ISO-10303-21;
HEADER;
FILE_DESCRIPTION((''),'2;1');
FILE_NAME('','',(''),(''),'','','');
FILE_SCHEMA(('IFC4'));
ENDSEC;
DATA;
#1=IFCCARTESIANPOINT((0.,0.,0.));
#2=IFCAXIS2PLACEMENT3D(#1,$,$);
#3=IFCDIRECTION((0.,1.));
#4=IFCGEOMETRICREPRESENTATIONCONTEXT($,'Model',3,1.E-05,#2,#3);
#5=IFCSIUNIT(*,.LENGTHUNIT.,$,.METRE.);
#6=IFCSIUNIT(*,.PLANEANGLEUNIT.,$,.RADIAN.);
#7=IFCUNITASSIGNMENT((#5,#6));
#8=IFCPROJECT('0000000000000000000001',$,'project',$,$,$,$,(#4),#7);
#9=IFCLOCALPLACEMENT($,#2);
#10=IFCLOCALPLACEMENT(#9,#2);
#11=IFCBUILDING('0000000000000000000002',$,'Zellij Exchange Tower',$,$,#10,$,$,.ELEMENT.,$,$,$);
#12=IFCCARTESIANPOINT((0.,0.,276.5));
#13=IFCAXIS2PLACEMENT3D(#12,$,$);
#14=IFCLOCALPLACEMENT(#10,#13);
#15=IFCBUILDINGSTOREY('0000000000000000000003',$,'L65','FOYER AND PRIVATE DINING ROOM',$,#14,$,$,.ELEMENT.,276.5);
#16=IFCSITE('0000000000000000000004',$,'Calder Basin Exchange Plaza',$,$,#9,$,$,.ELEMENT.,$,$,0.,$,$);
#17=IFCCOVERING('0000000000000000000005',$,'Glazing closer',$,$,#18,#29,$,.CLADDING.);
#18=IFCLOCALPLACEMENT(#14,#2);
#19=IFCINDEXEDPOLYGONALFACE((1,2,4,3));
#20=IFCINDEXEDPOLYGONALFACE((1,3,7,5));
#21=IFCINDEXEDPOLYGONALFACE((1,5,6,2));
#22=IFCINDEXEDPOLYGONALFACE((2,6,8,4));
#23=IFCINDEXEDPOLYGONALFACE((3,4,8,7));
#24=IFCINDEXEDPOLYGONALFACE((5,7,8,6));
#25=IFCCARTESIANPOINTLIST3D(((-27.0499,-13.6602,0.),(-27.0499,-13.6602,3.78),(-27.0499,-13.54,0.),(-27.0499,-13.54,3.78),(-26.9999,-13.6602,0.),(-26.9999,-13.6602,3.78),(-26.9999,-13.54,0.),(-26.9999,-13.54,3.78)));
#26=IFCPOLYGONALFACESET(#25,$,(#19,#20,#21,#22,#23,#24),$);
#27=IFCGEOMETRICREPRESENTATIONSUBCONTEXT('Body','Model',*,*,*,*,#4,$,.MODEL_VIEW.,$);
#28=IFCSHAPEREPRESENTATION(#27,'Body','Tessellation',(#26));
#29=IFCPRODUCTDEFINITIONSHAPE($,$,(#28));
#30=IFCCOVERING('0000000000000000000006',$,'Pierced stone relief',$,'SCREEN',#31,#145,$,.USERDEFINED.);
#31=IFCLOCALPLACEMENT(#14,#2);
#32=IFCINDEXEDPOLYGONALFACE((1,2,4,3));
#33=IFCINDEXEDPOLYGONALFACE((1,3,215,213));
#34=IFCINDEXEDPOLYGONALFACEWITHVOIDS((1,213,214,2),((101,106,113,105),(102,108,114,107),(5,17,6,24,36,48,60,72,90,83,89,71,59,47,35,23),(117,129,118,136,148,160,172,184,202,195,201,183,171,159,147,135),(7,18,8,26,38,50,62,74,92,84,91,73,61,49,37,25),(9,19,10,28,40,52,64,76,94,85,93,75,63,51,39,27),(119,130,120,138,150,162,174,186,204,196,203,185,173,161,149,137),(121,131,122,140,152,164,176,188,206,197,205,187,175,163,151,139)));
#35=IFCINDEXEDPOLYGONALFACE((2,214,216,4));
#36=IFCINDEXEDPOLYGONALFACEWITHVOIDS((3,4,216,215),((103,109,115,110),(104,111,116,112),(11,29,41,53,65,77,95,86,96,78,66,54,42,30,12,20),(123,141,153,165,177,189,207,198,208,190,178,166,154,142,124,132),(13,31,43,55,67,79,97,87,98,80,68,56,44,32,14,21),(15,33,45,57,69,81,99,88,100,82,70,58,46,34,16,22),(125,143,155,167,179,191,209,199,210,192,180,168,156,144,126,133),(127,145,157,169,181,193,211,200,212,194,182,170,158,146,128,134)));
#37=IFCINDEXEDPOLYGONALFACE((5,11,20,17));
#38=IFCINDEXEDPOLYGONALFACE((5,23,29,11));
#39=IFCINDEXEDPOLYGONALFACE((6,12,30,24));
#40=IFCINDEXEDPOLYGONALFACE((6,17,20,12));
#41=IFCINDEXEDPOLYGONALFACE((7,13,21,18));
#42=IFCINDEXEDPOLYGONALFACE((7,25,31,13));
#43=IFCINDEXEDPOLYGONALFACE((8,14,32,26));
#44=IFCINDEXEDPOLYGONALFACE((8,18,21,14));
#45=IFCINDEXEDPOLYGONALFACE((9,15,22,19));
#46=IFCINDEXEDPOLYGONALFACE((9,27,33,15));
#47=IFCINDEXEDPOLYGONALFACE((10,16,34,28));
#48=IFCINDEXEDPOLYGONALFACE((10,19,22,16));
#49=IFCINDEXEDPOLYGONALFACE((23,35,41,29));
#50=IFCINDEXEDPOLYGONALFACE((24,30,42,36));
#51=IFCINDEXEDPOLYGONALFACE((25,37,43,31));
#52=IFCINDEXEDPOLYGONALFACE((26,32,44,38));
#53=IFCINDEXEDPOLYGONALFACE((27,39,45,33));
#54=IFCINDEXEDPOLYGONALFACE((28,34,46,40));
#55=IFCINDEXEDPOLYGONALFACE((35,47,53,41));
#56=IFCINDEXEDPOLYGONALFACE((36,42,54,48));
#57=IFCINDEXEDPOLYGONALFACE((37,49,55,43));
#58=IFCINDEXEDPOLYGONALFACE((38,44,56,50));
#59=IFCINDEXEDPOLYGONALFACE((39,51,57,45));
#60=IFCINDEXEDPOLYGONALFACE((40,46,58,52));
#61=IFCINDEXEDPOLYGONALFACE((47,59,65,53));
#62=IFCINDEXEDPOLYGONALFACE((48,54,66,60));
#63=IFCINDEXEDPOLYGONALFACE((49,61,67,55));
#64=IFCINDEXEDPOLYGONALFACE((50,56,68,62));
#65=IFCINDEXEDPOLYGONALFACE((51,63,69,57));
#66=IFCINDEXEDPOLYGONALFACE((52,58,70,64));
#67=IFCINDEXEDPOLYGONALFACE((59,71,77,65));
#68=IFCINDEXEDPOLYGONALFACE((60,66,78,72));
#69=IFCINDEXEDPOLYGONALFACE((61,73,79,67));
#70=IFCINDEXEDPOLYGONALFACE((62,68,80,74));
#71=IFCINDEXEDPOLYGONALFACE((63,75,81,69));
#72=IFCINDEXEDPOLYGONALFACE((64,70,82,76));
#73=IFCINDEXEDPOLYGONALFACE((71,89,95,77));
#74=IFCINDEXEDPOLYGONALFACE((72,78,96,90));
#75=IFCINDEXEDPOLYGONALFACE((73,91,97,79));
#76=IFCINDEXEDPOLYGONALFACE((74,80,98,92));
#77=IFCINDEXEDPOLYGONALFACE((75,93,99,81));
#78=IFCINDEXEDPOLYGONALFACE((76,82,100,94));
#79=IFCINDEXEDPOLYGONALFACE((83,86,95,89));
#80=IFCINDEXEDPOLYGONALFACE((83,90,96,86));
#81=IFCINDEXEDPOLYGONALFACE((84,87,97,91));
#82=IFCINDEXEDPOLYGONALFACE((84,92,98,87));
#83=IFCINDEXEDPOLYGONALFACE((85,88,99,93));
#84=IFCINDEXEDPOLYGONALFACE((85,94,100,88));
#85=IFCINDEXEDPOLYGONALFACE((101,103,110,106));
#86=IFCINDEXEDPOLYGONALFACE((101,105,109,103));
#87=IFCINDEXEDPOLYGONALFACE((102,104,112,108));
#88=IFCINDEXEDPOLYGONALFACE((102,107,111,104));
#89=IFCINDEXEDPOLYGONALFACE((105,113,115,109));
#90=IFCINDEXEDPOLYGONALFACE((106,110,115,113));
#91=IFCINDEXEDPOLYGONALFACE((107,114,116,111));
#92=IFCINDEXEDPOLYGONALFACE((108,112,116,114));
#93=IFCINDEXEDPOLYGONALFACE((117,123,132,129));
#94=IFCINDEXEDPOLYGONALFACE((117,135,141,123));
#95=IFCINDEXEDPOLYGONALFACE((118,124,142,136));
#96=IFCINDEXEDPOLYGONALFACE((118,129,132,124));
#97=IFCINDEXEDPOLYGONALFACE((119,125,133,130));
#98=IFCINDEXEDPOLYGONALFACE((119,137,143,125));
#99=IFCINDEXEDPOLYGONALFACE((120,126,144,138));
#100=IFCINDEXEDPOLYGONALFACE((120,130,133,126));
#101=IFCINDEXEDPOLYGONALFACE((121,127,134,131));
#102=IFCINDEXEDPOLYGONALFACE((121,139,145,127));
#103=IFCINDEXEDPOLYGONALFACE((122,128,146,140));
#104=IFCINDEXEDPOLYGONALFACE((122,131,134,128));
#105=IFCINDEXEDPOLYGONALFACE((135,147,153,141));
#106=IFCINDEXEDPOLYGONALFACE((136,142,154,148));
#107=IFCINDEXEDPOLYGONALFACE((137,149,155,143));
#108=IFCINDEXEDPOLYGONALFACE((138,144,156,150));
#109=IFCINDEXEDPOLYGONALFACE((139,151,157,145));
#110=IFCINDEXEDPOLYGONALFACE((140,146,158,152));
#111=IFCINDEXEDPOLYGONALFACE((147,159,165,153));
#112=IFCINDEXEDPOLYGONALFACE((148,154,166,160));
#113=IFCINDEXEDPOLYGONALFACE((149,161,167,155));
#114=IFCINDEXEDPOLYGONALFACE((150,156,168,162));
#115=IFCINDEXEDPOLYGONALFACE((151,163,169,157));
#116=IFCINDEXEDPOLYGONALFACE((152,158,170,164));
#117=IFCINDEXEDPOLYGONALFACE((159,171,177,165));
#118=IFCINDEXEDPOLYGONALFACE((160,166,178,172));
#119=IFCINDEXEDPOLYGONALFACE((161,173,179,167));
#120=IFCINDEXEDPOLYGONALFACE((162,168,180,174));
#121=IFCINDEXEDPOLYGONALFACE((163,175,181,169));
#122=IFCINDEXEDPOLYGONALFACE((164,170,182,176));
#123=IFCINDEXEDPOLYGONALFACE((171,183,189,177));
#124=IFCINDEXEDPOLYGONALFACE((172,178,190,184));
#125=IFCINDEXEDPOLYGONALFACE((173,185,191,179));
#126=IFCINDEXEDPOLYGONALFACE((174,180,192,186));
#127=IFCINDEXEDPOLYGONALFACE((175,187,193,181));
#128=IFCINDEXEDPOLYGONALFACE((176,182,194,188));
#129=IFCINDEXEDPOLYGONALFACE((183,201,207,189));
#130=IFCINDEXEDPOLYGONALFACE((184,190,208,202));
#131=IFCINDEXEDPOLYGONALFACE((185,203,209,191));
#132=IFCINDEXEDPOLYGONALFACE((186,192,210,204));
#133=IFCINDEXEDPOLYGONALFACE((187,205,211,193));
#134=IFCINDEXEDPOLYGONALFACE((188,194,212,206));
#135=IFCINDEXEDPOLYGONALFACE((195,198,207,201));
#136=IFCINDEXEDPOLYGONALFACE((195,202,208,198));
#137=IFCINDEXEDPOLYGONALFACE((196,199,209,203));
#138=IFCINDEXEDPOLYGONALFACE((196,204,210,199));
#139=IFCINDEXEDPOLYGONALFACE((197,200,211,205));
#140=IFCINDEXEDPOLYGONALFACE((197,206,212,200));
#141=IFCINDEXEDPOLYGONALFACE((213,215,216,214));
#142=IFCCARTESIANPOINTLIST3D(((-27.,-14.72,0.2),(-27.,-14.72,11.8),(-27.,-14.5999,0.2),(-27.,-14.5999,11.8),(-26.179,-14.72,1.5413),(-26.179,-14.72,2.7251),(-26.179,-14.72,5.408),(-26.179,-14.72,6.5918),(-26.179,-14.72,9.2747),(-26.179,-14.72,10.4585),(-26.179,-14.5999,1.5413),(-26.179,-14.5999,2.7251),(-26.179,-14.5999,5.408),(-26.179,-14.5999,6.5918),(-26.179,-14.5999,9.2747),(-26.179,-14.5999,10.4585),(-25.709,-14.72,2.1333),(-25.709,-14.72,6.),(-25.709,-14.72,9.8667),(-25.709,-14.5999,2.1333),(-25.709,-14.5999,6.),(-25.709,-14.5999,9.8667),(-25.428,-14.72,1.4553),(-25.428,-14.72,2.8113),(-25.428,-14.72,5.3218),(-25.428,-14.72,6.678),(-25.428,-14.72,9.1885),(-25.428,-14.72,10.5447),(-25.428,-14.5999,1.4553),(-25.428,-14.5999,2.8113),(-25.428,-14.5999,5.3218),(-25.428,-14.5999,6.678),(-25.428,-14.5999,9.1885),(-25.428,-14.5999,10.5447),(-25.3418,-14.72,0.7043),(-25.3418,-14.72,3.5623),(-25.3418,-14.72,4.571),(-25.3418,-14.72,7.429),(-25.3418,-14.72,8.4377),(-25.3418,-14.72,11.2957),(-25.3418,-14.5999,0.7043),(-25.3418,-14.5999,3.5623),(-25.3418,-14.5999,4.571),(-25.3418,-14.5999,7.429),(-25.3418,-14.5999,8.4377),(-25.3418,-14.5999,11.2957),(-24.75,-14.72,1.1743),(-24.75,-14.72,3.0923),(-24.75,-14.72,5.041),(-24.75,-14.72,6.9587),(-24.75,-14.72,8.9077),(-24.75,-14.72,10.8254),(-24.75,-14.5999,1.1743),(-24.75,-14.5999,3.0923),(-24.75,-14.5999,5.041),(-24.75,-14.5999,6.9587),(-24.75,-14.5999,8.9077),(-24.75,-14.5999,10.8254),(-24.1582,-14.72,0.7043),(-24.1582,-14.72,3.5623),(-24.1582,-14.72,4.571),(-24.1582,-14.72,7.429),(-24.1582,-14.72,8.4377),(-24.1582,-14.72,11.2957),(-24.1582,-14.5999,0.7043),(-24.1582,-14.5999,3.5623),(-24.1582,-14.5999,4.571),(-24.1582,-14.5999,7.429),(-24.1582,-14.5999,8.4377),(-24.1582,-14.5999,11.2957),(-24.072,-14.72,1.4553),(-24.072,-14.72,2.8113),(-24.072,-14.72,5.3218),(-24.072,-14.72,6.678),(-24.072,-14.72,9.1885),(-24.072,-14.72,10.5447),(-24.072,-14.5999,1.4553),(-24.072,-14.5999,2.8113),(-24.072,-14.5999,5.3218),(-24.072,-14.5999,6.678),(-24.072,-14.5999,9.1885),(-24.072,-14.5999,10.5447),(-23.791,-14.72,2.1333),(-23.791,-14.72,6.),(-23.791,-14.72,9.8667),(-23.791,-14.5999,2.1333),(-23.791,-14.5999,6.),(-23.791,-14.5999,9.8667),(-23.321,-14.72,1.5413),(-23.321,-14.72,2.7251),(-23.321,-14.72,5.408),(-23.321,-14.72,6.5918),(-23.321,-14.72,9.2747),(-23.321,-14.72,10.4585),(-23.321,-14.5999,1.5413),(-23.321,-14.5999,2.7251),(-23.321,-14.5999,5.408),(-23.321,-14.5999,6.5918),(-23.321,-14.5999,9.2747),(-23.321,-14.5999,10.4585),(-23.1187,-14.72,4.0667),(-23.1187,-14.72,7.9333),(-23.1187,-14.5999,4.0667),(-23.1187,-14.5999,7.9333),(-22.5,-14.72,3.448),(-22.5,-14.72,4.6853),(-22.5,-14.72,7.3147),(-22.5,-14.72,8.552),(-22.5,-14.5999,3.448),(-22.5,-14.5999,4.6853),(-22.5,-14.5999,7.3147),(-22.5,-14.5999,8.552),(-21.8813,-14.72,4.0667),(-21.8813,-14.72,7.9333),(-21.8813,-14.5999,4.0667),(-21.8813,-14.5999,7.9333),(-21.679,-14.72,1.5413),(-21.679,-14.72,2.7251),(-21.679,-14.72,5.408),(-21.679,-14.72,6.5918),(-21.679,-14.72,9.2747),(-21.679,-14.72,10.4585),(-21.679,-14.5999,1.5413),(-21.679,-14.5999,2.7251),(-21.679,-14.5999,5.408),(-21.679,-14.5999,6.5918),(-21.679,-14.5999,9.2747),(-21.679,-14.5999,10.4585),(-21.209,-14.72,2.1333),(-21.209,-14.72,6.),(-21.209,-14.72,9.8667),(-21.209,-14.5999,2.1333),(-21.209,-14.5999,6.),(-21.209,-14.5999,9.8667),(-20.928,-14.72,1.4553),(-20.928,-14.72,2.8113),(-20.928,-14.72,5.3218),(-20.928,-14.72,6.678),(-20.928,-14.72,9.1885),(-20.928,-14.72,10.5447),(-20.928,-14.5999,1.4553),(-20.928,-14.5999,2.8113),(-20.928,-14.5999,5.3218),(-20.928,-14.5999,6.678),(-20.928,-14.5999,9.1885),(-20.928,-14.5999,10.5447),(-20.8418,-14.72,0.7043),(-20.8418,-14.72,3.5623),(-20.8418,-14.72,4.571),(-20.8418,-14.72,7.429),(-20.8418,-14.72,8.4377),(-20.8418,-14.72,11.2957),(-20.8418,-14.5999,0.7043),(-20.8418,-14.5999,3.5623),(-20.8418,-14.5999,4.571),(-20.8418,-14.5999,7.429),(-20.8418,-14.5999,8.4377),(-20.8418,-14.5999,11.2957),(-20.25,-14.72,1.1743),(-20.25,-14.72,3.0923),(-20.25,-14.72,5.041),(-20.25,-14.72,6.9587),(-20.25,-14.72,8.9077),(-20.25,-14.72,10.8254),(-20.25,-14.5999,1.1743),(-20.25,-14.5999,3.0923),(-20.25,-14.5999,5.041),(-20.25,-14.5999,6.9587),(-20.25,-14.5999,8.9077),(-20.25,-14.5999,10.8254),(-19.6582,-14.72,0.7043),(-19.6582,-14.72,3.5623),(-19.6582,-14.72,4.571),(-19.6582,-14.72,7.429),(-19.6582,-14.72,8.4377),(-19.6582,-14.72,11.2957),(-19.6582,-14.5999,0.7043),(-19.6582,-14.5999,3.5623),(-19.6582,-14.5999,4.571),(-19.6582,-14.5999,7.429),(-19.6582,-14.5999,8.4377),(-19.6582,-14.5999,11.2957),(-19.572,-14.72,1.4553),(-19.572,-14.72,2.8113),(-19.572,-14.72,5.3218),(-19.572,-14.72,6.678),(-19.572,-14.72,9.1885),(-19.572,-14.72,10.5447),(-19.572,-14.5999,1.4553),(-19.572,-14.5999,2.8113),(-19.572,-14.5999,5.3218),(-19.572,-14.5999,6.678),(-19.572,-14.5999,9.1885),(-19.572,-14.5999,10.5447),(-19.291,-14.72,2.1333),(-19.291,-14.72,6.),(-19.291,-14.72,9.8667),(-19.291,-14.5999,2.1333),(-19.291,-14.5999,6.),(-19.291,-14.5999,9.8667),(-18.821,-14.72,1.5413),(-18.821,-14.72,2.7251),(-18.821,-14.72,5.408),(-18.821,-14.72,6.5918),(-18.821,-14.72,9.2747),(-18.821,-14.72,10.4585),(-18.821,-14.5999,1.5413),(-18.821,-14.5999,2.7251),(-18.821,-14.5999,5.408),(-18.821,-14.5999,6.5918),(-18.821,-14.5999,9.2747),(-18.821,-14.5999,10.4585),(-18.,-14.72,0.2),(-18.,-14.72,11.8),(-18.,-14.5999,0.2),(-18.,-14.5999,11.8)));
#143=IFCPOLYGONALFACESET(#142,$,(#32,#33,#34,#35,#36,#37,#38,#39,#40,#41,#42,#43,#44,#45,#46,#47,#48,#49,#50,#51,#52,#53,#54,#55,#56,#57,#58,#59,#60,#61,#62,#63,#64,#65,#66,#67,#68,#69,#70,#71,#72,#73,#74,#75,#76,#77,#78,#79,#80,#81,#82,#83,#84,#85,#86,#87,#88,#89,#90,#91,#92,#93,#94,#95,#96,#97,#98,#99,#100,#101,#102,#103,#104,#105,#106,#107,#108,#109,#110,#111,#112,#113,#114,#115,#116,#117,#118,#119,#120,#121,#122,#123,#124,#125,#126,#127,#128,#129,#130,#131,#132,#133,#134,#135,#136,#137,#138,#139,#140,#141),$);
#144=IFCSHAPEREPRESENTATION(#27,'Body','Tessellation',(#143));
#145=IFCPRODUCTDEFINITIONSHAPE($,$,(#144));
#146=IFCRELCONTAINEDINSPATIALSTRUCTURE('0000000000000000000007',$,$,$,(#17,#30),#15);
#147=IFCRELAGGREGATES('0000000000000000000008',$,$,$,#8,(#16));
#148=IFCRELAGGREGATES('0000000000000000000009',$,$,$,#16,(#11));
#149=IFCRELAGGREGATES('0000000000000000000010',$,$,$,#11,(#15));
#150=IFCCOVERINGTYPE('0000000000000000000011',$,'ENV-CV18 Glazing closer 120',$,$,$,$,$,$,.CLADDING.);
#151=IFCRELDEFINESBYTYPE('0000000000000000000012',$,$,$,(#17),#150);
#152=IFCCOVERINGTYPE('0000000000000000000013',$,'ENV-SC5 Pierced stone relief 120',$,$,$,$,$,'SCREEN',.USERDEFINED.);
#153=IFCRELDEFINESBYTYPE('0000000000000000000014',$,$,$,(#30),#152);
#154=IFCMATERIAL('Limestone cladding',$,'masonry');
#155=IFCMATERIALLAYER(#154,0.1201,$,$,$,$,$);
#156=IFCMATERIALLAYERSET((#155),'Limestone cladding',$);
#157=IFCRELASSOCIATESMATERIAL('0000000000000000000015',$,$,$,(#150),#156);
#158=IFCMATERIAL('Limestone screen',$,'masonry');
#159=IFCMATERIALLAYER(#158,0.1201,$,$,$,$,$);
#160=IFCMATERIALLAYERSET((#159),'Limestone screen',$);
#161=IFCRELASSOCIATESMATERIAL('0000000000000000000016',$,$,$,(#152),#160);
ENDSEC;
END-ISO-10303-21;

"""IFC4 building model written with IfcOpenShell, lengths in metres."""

from ifc_helpers import new_model, si_unit, direction, frame, origin, origin_2d, place, context, subcontext, project, spatial, polyline, rectangle, outline, extrude, material, layer, layer_set, type_object, element, save


model = new_model("IFC4")

# Units and contexts
model_context = context("Model", 3, precision=1e-05, world=origin(), true_north=direction((0.0, 1.0)))
body_context = subcontext(model_context, "Body", "Model", "MODEL_VIEW")
ifc_project = project(units=[si_unit("LENGTHUNIT", "METRE"), si_unit("PLANEANGLEUNIT", "RADIAN")], contexts=[model_context])

# Site, building, storey
site_placement = place(None, origin())
site = spatial("IfcSite", under=ifc_project, at=site_placement, Name="Calder Basin Exchange Plaza", CompositionType="ELEMENT", RefElevation=0.0)
building_placement = place(site_placement, origin())
building = spatial("IfcBuilding", under=site, at=building_placement, Name="Zellij Exchange Tower", CompositionType="ELEMENT")
storey_placement = place(building_placement, frame((0.0, 0.0, 276.5)))
storey = spatial("IfcBuildingStorey", under=building, at=storey_placement, Name="L65", Description="FOYER AND PRIVATE DINING ROOM", CompositionType="ELEMENT", Elevation=276.5)

# Coverings
ifc_material_1 = material(Name="Limestone cladding", Category="masonry")
ifc_layer_1 = layer(ifc_material_1, 0.1201)
ifc_layer_set_1 = layer_set([ifc_layer_1], Name="Limestone cladding")
covering_type_1 = type_object("IfcCoveringType", Name="ENV-CV18 Glazing closer 120", PredefinedType="CLADDING", material=ifc_layer_set_1)
covering_1_placement = place(storey_placement, frame((-27.0249, -13.6001, 0.0), z_axis=(0.0, 0.0, 1.0), x_axis=(1.0, 0.0, 0.0)))
element("IfcCovering", 1, at=covering_1_placement, inside=storey, type_object=covering_type_1, Name="Glazing closer", PredefinedType="CLADDING", context=body_context, shape_type="SweptSolid", body=[
    extrude(rectangle(XDim=0.05, YDim=0.1201, at=origin_2d()), origin(), (0.0, 0.0, 1.0), 3.78),
])
ifc_material_2 = material(Name="Limestone screen", Category="masonry")
ifc_layer_2 = layer(ifc_material_2, 0.1201)
ifc_layer_set_2 = layer_set([ifc_layer_2], Name="Limestone screen")
covering_type_2 = type_object("IfcCoveringType", Name="ENV-SC5 Pierced stone relief 120", ElementType="SCREEN", PredefinedType="USERDEFINED", material=ifc_layer_set_2)
covering_2_placement = place(storey_placement, frame((-27.0, -14.6599, 0.2), z_axis=(0.0, 0.0, 1.0), x_axis=(1.0, 0.0, 0.0)))
element("IfcCovering", 2, at=covering_2_placement, inside=storey, type_object=covering_type_2, Name="Pierced stone relief", ObjectType="SCREEN", PredefinedType="USERDEFINED", context=body_context, shape_type="SweptSolid", body=[
    extrude(outline(polyline([(0.0, 0.0), (9.0, 0.0), (9.0, 11.6001), (0.0, 11.6001), (0.0, 0.0)]), holes=[polyline([(3.679, 2.5251), (2.928, 2.6113), (2.8418, 3.3623), (2.25, 2.8923), (1.6582, 3.3623), (1.572, 2.6113), (0.821, 2.5251), (1.291, 1.9333), (0.821, 1.3413), (1.572, 1.2554), (1.6582, 0.5044), (2.25, 0.9744), (2.8418, 0.5044), (2.928, 1.2554), (3.679, 1.3413), (3.209, 1.9333), (3.679, 2.5251)]), polyline([(3.679, 6.3918), (2.928, 6.478), (2.8418, 7.229), (2.25, 6.7588), (1.6582, 7.229), (1.572, 6.478), (0.821, 6.3918), (1.291, 5.8), (0.821, 5.208), (1.572, 5.1218), (1.6582, 4.3711), (2.25, 4.8411), (2.8418, 4.3711), (2.928, 5.1218), (3.679, 5.208), (3.209, 5.8), (3.679, 6.3918)]), polyline([(3.679, 10.2585), (2.928, 10.3447), (2.8418, 11.0957), (2.25, 10.6255), (1.6582, 11.0957), (1.572, 10.3447), (0.821, 10.2585), (1.291, 9.6667), (0.821, 9.0747), (1.572, 8.9885), (1.6582, 8.2378), (2.25, 8.7078), (2.8418, 8.2378), (2.928, 8.9885), (3.679, 9.0747), (3.209, 9.6667), (3.679, 10.2585)]), polyline([(8.179, 2.5251), (7.428, 2.6113), (7.3418, 3.3623), (6.75, 2.8923), (6.1582, 3.3623), (6.072, 2.6113), (5.321, 2.5251), (5.791, 1.9333), (5.321, 1.3413), (6.072, 1.2554), (6.1582, 0.5044), (6.75, 0.9744), (7.3418, 0.5044), (7.428, 1.2554), (8.179, 1.3413), (7.709, 1.9333), (8.179, 2.5251)]), polyline([(8.179, 6.3918), (7.428, 6.478), (7.3418, 7.229), (6.75, 6.7588), (6.1582, 7.229), (6.072, 6.478), (5.321, 6.3918), (5.791, 5.8), (5.321, 5.208), (6.072, 5.1218), (6.1582, 4.3711), (6.75, 4.8411), (7.3418, 4.3711), (7.428, 5.1218), (8.179, 5.208), (7.709, 5.8), (8.179, 6.3918)]), polyline([(8.179, 10.2585), (7.428, 10.3447), (7.3418, 11.0957), (6.75, 10.6255), (6.1582, 11.0957), (6.072, 10.3447), (5.321, 10.2585), (5.791, 9.6667), (5.321, 9.0747), (6.072, 8.9885), (6.1582, 8.2378), (6.75, 8.7078), (7.3418, 8.2378), (7.428, 8.9885), (8.179, 9.0747), (7.709, 9.6667), (8.179, 10.2585)]), polyline([(5.1187, 3.8667), (4.5, 4.4854), (3.8813, 3.8667), (4.5, 3.248), (5.1187, 3.8667)]), polyline([(5.1187, 7.7334), (4.5, 8.3521), (3.8813, 7.7334), (4.5, 7.1147), (5.1187, 7.7334)])]), frame((0.0, 0.0601, 0.0), z_axis=(0.0, -1.0, 0.0), x_axis=(1.0, 0.0, 0.0)), (0.0, 0.0, 1.0), 0.1201),
])

save(model, "model.ifc")
